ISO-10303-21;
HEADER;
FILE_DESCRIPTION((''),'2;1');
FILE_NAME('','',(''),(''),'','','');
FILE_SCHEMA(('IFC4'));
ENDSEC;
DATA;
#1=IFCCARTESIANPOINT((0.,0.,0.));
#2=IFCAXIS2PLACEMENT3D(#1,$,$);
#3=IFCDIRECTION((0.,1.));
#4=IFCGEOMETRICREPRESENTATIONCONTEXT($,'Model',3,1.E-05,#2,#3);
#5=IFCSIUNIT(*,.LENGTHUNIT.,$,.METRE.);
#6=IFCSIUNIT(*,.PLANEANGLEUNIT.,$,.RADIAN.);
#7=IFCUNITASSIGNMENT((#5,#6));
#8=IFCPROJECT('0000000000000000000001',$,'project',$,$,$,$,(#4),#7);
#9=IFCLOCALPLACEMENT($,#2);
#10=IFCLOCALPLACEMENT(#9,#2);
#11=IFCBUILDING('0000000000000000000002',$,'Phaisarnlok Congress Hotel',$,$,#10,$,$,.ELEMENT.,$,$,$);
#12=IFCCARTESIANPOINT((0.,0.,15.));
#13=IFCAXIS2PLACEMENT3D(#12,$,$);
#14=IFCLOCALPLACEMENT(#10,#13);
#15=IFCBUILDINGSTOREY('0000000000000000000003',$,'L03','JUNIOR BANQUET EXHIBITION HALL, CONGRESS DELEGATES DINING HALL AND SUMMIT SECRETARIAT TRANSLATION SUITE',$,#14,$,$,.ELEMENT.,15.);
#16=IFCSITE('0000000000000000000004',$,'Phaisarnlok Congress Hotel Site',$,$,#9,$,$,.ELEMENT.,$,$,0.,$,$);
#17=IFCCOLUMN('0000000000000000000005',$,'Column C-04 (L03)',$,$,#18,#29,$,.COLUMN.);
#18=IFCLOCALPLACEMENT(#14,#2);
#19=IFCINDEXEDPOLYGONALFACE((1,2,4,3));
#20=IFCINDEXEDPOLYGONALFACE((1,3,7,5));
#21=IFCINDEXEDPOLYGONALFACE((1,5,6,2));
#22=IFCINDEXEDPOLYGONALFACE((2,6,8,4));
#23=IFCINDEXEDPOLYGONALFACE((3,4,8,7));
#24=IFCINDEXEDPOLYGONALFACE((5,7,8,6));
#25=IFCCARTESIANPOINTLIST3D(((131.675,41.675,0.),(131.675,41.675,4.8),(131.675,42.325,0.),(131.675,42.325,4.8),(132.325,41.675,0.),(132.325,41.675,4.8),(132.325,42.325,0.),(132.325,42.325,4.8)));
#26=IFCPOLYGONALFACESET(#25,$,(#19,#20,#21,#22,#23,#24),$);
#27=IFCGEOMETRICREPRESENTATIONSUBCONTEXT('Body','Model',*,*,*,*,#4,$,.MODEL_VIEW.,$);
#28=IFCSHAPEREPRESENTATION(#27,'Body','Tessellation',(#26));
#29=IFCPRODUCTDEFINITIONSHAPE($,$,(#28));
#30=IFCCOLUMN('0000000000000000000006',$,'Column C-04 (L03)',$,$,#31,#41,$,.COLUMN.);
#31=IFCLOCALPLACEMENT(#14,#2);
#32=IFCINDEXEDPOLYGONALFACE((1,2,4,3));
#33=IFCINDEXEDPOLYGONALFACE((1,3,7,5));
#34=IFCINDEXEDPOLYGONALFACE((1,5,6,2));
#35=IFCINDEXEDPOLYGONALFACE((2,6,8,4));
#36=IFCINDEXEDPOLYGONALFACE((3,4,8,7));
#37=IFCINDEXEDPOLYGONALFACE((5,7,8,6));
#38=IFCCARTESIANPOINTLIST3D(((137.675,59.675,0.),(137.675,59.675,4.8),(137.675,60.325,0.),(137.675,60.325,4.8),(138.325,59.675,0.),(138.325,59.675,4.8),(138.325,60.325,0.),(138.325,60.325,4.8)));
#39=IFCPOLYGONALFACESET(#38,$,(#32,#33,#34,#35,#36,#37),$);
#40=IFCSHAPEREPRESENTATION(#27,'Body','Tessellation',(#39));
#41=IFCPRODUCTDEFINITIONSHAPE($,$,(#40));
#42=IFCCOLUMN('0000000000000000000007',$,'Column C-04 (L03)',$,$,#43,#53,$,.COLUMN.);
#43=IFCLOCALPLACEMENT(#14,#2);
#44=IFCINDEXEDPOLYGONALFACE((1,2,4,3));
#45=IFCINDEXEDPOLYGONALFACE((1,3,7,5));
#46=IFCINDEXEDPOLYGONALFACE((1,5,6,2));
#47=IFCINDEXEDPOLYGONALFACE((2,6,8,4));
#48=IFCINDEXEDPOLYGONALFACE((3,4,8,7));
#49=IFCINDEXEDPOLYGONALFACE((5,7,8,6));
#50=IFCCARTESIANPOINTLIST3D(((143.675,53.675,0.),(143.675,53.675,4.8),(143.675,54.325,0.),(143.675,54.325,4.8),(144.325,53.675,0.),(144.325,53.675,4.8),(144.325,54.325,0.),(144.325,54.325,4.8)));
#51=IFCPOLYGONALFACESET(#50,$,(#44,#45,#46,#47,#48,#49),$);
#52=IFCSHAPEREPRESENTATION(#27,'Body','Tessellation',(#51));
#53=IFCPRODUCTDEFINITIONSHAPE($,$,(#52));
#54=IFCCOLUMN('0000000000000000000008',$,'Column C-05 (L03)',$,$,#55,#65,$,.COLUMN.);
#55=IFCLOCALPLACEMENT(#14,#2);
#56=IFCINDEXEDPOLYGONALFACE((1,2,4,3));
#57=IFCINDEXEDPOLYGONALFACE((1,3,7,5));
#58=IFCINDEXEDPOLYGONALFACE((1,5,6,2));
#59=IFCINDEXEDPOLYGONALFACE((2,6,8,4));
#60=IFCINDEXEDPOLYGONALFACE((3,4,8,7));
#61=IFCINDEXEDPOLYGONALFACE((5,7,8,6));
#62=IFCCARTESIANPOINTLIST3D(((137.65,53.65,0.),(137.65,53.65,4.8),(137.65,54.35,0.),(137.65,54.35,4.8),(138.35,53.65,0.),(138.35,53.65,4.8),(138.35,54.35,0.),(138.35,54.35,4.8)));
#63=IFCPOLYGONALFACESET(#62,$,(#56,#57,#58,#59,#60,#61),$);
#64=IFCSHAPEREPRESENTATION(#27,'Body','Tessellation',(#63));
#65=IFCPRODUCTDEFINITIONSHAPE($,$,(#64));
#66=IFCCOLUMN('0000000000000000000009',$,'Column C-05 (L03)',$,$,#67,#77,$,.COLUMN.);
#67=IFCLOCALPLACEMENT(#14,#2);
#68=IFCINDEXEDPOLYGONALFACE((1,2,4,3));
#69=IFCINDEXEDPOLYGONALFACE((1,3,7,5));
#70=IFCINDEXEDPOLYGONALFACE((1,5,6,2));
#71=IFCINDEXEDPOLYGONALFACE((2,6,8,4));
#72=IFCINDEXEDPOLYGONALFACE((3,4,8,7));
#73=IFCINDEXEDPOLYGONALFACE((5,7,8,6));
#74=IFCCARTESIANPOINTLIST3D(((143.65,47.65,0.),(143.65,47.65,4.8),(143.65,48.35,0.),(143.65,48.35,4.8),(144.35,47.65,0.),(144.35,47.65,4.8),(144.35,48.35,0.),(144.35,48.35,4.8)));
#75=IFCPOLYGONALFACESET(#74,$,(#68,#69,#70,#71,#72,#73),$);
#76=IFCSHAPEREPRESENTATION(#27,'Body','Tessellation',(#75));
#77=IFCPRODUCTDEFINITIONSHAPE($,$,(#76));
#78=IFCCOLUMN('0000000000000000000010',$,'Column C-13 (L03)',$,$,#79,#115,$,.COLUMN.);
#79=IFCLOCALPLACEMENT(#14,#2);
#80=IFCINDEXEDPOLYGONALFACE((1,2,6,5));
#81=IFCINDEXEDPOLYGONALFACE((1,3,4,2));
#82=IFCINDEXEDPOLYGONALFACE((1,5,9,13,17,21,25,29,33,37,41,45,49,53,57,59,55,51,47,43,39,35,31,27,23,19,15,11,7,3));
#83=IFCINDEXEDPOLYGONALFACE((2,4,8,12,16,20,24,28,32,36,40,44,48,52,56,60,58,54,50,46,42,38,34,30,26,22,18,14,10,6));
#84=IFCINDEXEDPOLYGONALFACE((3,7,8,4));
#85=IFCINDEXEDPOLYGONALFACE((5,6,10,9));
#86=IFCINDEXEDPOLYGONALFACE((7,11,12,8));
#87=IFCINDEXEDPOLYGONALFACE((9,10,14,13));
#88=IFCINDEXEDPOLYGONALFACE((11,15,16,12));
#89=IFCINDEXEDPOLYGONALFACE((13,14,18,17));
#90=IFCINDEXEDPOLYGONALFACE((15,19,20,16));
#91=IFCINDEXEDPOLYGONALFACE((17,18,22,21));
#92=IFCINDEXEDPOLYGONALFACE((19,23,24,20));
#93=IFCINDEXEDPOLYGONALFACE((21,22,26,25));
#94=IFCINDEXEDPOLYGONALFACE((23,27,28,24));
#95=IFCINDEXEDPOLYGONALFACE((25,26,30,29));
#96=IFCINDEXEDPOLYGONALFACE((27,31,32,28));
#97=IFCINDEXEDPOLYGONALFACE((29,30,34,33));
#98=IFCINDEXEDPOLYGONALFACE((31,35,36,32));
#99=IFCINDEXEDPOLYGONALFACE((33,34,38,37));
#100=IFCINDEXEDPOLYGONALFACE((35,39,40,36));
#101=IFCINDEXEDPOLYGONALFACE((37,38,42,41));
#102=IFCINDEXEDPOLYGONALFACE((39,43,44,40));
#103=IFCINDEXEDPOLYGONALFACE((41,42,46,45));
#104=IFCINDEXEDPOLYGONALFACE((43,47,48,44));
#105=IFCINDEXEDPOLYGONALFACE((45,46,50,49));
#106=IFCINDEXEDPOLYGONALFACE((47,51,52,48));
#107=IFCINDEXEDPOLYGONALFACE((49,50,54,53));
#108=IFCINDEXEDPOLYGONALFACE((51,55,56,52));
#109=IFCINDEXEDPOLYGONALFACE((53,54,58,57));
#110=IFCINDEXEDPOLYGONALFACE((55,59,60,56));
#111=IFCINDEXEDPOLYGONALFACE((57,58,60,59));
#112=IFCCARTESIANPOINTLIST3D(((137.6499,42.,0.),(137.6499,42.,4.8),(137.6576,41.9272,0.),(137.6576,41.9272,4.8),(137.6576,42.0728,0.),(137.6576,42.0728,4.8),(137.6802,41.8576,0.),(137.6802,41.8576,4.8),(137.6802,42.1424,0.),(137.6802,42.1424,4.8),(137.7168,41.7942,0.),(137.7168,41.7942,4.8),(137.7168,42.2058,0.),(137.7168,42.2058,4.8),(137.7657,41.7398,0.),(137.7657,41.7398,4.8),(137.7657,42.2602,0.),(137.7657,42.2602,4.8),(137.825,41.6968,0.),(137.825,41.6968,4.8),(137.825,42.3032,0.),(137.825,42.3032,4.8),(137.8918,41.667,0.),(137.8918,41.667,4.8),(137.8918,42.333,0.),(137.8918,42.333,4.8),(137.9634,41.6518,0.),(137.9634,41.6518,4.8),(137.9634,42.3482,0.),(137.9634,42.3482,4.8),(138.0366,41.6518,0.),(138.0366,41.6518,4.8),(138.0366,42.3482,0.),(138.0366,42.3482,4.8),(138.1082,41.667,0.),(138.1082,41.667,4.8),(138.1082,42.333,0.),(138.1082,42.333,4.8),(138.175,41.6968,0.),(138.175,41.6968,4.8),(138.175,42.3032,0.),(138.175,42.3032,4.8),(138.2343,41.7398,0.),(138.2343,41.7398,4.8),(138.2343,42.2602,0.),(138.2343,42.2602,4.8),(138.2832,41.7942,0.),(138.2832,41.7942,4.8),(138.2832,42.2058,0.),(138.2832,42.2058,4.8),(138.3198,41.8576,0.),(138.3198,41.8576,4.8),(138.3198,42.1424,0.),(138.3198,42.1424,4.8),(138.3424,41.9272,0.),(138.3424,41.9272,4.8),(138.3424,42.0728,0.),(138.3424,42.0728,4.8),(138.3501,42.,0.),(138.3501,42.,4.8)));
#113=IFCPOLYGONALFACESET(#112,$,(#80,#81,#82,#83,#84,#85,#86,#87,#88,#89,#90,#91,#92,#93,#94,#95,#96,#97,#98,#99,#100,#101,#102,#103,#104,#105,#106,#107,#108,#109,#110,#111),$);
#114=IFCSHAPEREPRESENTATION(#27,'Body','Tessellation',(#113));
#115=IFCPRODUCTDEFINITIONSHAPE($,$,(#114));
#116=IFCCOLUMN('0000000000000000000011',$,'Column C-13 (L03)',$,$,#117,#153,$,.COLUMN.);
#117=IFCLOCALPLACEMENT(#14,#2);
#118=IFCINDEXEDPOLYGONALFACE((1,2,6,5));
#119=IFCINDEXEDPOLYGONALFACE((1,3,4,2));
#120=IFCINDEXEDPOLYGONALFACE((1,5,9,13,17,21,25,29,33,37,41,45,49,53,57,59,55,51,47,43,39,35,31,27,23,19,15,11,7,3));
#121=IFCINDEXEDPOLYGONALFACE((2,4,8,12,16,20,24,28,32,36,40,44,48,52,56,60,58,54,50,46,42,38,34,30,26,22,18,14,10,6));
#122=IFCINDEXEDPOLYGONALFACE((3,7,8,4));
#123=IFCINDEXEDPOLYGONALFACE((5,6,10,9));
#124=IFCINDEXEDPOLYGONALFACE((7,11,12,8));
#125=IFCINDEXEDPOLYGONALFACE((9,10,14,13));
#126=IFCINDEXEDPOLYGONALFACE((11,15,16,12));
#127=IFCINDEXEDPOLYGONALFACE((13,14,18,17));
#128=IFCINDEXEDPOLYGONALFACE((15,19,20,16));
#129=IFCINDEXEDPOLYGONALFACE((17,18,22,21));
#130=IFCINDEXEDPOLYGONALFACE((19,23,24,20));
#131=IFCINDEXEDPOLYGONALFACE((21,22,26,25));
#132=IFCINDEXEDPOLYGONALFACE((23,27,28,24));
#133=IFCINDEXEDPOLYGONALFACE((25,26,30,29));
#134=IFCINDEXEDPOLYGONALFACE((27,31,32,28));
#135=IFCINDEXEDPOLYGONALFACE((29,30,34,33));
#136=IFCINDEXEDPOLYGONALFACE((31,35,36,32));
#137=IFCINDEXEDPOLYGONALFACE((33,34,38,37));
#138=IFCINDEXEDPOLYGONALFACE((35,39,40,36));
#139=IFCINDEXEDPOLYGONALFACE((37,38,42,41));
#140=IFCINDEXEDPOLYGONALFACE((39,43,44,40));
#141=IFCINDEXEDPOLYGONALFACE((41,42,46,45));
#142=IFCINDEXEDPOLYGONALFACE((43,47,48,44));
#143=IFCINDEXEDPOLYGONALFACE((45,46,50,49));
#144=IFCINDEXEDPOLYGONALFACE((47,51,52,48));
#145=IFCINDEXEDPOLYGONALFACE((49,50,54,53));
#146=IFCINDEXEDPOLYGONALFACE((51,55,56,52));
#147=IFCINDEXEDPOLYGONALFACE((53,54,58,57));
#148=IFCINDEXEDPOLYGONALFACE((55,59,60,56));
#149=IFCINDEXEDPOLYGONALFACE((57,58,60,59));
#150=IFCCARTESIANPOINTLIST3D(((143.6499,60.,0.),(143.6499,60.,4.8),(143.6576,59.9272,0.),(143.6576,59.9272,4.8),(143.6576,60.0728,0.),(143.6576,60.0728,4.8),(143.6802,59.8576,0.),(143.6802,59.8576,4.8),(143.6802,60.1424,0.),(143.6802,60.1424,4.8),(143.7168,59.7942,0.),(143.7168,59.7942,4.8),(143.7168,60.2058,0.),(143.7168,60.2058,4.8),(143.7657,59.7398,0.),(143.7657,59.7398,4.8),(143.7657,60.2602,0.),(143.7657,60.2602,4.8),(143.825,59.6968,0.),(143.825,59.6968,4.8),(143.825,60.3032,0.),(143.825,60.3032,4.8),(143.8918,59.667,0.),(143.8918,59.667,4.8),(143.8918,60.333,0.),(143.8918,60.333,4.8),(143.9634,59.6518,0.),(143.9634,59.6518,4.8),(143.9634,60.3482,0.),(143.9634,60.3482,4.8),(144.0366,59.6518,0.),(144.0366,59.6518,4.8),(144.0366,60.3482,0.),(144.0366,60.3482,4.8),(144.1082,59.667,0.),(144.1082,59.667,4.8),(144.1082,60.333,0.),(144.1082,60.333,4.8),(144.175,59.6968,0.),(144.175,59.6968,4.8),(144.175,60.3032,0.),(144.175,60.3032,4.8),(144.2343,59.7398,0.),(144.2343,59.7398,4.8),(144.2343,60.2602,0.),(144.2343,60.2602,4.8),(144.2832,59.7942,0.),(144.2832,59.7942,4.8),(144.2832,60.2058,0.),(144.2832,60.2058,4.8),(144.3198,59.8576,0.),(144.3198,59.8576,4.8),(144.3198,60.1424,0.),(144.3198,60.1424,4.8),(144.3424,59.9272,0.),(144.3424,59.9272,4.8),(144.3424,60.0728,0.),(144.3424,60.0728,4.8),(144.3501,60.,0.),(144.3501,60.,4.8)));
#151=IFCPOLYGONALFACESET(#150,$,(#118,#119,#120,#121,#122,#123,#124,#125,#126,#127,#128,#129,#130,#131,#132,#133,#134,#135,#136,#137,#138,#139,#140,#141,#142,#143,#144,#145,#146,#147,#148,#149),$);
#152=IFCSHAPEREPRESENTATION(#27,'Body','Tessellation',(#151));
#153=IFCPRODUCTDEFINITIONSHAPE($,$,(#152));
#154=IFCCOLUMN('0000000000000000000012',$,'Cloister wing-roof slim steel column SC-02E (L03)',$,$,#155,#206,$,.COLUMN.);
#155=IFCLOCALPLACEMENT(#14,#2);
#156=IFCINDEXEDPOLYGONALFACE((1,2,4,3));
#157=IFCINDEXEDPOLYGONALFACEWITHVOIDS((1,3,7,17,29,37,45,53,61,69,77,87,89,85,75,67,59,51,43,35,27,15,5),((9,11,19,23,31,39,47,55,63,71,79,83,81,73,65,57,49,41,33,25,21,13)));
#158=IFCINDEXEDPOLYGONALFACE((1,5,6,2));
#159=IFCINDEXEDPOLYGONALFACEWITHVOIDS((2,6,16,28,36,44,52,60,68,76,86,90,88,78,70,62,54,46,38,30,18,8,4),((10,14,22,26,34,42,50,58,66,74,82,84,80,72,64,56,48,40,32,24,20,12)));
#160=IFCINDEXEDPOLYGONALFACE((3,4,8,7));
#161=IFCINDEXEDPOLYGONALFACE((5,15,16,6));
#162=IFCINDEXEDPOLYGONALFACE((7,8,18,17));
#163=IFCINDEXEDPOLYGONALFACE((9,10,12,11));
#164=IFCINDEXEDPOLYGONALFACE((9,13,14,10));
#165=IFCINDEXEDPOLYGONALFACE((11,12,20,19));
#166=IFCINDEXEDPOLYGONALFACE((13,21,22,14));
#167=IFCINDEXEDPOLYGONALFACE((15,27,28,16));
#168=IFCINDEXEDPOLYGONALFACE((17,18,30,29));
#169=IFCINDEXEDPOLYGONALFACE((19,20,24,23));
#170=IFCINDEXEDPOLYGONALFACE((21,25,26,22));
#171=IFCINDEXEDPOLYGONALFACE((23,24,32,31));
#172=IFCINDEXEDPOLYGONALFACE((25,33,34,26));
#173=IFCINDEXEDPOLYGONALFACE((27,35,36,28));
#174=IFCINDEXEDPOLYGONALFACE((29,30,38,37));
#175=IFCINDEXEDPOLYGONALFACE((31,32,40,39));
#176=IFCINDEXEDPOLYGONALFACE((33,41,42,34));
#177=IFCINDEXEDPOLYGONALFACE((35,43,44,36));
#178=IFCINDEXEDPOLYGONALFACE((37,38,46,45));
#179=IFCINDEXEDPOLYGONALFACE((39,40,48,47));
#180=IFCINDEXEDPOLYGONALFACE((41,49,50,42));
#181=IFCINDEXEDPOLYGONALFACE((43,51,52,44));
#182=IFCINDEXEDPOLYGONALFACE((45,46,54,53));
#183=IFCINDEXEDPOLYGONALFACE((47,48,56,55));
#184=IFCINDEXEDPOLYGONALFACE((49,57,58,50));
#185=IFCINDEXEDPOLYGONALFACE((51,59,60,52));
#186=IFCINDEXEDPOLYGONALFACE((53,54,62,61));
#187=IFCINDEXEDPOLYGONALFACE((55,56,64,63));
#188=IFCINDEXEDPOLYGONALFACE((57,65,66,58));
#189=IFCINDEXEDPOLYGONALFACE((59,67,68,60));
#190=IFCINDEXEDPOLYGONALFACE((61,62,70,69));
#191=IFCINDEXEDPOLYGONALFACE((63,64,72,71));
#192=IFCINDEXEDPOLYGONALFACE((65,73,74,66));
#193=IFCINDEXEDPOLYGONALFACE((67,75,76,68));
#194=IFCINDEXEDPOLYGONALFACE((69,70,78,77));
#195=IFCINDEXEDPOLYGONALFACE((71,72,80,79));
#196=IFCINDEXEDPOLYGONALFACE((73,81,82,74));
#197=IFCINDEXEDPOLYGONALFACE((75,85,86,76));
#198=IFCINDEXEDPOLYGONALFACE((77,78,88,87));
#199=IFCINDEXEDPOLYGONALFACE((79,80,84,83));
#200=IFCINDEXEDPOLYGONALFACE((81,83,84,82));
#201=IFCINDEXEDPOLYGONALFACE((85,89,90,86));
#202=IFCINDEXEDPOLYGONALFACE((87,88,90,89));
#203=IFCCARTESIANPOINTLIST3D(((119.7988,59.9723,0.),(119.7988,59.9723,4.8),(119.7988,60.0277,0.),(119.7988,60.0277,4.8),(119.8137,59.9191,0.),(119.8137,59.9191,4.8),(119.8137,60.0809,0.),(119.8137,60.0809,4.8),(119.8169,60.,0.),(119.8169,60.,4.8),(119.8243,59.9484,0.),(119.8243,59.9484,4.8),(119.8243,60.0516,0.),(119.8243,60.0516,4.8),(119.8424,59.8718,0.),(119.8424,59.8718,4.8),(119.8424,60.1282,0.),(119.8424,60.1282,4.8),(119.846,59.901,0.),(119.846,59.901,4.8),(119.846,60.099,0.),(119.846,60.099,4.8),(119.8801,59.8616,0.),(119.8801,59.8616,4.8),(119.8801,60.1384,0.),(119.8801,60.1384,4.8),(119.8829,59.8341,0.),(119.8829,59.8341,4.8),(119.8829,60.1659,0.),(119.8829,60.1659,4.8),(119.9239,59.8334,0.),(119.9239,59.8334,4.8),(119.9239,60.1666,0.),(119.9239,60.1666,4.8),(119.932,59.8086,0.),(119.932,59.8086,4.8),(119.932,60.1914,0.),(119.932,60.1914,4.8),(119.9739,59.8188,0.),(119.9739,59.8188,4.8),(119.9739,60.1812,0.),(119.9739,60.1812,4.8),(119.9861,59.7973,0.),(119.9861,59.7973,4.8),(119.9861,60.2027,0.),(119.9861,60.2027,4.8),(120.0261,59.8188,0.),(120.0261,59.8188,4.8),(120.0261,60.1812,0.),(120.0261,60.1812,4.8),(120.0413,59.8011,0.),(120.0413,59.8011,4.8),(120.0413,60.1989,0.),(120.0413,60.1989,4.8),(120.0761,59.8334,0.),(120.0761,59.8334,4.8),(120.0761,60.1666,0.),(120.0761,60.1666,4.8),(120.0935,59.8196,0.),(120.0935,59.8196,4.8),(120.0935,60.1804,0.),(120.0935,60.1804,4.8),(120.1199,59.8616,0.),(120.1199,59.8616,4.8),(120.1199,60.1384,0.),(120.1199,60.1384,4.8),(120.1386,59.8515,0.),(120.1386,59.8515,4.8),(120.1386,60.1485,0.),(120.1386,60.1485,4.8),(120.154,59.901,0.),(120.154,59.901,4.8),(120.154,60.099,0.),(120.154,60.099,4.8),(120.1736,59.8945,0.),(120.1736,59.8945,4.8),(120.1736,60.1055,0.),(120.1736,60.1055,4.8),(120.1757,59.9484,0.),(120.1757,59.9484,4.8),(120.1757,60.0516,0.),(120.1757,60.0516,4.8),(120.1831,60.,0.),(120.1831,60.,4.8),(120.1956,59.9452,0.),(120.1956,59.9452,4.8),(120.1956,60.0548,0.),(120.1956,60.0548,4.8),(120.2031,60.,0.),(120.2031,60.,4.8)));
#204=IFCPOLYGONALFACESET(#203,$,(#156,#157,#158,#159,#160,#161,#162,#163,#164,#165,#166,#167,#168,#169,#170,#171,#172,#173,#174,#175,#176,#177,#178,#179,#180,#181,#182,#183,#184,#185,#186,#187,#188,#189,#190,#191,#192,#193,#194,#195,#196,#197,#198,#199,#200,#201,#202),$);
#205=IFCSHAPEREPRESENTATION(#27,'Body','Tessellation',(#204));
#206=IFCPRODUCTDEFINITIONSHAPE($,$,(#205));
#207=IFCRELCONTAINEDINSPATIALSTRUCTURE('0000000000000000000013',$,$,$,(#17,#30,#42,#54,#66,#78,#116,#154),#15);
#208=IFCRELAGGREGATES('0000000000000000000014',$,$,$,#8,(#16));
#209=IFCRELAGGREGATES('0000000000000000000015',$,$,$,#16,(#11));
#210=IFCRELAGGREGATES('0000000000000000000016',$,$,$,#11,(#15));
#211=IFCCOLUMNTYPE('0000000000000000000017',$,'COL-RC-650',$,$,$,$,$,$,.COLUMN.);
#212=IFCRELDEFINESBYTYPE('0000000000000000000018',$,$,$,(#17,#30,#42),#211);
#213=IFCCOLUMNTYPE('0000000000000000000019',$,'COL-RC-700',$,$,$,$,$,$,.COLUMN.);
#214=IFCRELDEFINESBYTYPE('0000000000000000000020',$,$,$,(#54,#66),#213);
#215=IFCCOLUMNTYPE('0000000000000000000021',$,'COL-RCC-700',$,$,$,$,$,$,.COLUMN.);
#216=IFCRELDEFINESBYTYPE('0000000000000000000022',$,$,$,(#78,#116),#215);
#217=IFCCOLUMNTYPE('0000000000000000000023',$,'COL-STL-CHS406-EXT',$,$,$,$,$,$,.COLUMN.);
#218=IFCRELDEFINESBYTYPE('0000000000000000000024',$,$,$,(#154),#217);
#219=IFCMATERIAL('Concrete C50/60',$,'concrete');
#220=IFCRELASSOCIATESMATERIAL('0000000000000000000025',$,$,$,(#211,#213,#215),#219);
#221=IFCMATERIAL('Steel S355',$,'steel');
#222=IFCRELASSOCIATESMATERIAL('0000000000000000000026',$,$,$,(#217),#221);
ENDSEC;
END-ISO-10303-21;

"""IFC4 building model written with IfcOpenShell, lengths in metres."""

from ifc_helpers import new_model, si_unit, direction, frame, origin, origin_2d, place, context, subcontext, project, spatial, rectangle, circle, hollow_circle, extrude, material, material_profile, profile_set, type_object, element, save


model = new_model("IFC4")

# Units and contexts
model_context = context("Model", 3, precision=1e-05, world=origin(), true_north=direction((0.0, 1.0)))
body_context = subcontext(model_context, "Body", "Model", "MODEL_VIEW")
ifc_project = project(units=[si_unit("LENGTHUNIT", "METRE"), si_unit("PLANEANGLEUNIT", "RADIAN")], contexts=[model_context])

# Site, building, storey
site_placement = place(None, origin())
site = spatial("IfcSite", under=ifc_project, at=site_placement, Name="Phaisarnlok Congress Hotel Site", CompositionType="ELEMENT", RefElevation=0.0)
building_placement = place(site_placement, origin())
building = spatial("IfcBuilding", under=site, at=building_placement, Name="Phaisarnlok Congress Hotel", CompositionType="ELEMENT")
storey_placement = place(building_placement, frame((0.0, 0.0, 15.0)))
storey = spatial("IfcBuildingStorey", under=building, at=storey_placement, Name="L03", Description="JUNIOR BANQUET EXHIBITION HALL, CONGRESS DELEGATES DINING HALL AND SUMMIT SECRETARIAT TRANSLATION SUITE", CompositionType="ELEMENT", Elevation=15.0)

# Columns
ifc_material_1 = material(Name="Concrete C50/60", Category="concrete")
ifc_material_profile_1 = material_profile(ifc_material_1, rectangle(XDim=0.6499, YDim=0.6499, at=origin_2d()), Name="RC 650x650")
ifc_profile_set_1 = profile_set([ifc_material_profile_1], Name="Concrete C50/60")
column_type_1 = type_object("IfcColumnType", Name="COL-RC-650", PredefinedType="COLUMN", material=ifc_profile_set_1)
for number, where, z_axis, x_axis, name in (
    (1, (132.0, 42.0, 0.0), (0.0, 0.0, 1.0), (1.0, 0.0, 0.0), "Column C-04 (L03)"),
    (2, (138.0, 60.0, 0.0), (0.0, 0.0, 1.0), (1.0, 0.0, 0.0), "Column C-04 (L03)"),
    (3, (144.0, 54.0, 0.0), (0.0, 0.0, 1.0), (1.0, 0.0, 0.0), "Column C-04 (L03)"),
):
    element("IfcColumn", number, at=place(storey_placement, frame(where, z_axis=z_axis, x_axis=x_axis)), inside=storey, type_object=column_type_1, Name=name, PredefinedType="COLUMN", context=body_context, shape_type="SweptSolid", body=[
        extrude(rectangle(XDim=0.6499, YDim=0.6499, at=origin_2d()), origin(), (0.0, 0.0, 1.0), 4.8),
    ])
ifc_material_profile_2 = material_profile(ifc_material_1, rectangle(XDim=0.7, YDim=0.7, at=origin_2d()), Name="RC 700x700")
ifc_profile_set_2 = profile_set([ifc_material_profile_2], Name="Concrete C50/60")
column_type_2 = type_object("IfcColumnType", Name="COL-RC-700", PredefinedType="COLUMN", material=ifc_profile_set_2)
for number, where, z_axis, x_axis, name in (
    (4, (138.0, 54.0, 0.0), (0.0, 0.0, 1.0), (1.0, 0.0, 0.0), "Column C-05 (L03)"),
    (5, (144.0, 48.0, 0.0), (0.0, 0.0, 1.0), (1.0, 0.0, 0.0), "Column C-05 (L03)"),
):
    element("IfcColumn", number, at=place(storey_placement, frame(where, z_axis=z_axis, x_axis=x_axis)), inside=storey, type_object=column_type_2, Name=name, PredefinedType="COLUMN", context=body_context, shape_type="SweptSolid", body=[
        extrude(rectangle(XDim=0.7, YDim=0.7, at=origin_2d()), origin(), (0.0, 0.0, 1.0), 4.8),
    ])
ifc_material_profile_3 = material_profile(ifc_material_1, circle(Radius=0.3501, at=origin_2d()), Name="RCC D700")
ifc_profile_set_3 = profile_set([ifc_material_profile_3], Name="Concrete C50/60")
column_type_3 = type_object("IfcColumnType", Name="COL-RCC-700", PredefinedType="COLUMN", material=ifc_profile_set_3)
for number, where, z_axis, x_axis, name in (
    (6, (138.0, 42.0, 0.0), (0.0, 0.0, 1.0), (1.0, 0.0, 0.0), "Column C-13 (L03)"),
    (7, (144.0, 60.0, 0.0), (0.0, 0.0, 1.0), (1.0, 0.0, 0.0), "Column C-13 (L03)"),
):
    element("IfcColumn", number, at=place(storey_placement, frame(where, z_axis=z_axis, x_axis=x_axis)), inside=storey, type_object=column_type_3, Name=name, PredefinedType="COLUMN", context=body_context, shape_type="SweptSolid", body=[
        extrude(circle(Radius=0.3501, at=origin_2d()), origin(), (0.0, 0.0, 1.0), 4.8),
    ])
ifc_material_2 = material(Name="Steel S355", Category="steel")
ifc_material_profile_4 = material_profile(ifc_material_2, hollow_circle(Radius=0.2031, WallThickness=0.02, at=origin_2d()), Name="CHS 406.4x20")
ifc_profile_set_4 = profile_set([ifc_material_profile_4], Name="Steel S355")
column_type_4 = type_object("IfcColumnType", Name="COL-STL-CHS406-EXT", PredefinedType="COLUMN", material=ifc_profile_set_4)
column_placement = place(storey_placement, frame((120.0, 60.0, 0.0), z_axis=(0.0, 0.0, 1.0), x_axis=(1.0, 0.0, 0.0)))
element("IfcColumn", 8, at=column_placement, inside=storey, type_object=column_type_4, Name="Cloister wing-roof slim steel column SC-02E (L03)", PredefinedType="COLUMN", context=body_context, shape_type="SweptSolid", body=[
    extrude(hollow_circle(Radius=0.2031, WallThickness=0.02, at=origin_2d()), origin(), (0.0, 0.0, 1.0), 4.8),
])

save(model, "model.ifc")
